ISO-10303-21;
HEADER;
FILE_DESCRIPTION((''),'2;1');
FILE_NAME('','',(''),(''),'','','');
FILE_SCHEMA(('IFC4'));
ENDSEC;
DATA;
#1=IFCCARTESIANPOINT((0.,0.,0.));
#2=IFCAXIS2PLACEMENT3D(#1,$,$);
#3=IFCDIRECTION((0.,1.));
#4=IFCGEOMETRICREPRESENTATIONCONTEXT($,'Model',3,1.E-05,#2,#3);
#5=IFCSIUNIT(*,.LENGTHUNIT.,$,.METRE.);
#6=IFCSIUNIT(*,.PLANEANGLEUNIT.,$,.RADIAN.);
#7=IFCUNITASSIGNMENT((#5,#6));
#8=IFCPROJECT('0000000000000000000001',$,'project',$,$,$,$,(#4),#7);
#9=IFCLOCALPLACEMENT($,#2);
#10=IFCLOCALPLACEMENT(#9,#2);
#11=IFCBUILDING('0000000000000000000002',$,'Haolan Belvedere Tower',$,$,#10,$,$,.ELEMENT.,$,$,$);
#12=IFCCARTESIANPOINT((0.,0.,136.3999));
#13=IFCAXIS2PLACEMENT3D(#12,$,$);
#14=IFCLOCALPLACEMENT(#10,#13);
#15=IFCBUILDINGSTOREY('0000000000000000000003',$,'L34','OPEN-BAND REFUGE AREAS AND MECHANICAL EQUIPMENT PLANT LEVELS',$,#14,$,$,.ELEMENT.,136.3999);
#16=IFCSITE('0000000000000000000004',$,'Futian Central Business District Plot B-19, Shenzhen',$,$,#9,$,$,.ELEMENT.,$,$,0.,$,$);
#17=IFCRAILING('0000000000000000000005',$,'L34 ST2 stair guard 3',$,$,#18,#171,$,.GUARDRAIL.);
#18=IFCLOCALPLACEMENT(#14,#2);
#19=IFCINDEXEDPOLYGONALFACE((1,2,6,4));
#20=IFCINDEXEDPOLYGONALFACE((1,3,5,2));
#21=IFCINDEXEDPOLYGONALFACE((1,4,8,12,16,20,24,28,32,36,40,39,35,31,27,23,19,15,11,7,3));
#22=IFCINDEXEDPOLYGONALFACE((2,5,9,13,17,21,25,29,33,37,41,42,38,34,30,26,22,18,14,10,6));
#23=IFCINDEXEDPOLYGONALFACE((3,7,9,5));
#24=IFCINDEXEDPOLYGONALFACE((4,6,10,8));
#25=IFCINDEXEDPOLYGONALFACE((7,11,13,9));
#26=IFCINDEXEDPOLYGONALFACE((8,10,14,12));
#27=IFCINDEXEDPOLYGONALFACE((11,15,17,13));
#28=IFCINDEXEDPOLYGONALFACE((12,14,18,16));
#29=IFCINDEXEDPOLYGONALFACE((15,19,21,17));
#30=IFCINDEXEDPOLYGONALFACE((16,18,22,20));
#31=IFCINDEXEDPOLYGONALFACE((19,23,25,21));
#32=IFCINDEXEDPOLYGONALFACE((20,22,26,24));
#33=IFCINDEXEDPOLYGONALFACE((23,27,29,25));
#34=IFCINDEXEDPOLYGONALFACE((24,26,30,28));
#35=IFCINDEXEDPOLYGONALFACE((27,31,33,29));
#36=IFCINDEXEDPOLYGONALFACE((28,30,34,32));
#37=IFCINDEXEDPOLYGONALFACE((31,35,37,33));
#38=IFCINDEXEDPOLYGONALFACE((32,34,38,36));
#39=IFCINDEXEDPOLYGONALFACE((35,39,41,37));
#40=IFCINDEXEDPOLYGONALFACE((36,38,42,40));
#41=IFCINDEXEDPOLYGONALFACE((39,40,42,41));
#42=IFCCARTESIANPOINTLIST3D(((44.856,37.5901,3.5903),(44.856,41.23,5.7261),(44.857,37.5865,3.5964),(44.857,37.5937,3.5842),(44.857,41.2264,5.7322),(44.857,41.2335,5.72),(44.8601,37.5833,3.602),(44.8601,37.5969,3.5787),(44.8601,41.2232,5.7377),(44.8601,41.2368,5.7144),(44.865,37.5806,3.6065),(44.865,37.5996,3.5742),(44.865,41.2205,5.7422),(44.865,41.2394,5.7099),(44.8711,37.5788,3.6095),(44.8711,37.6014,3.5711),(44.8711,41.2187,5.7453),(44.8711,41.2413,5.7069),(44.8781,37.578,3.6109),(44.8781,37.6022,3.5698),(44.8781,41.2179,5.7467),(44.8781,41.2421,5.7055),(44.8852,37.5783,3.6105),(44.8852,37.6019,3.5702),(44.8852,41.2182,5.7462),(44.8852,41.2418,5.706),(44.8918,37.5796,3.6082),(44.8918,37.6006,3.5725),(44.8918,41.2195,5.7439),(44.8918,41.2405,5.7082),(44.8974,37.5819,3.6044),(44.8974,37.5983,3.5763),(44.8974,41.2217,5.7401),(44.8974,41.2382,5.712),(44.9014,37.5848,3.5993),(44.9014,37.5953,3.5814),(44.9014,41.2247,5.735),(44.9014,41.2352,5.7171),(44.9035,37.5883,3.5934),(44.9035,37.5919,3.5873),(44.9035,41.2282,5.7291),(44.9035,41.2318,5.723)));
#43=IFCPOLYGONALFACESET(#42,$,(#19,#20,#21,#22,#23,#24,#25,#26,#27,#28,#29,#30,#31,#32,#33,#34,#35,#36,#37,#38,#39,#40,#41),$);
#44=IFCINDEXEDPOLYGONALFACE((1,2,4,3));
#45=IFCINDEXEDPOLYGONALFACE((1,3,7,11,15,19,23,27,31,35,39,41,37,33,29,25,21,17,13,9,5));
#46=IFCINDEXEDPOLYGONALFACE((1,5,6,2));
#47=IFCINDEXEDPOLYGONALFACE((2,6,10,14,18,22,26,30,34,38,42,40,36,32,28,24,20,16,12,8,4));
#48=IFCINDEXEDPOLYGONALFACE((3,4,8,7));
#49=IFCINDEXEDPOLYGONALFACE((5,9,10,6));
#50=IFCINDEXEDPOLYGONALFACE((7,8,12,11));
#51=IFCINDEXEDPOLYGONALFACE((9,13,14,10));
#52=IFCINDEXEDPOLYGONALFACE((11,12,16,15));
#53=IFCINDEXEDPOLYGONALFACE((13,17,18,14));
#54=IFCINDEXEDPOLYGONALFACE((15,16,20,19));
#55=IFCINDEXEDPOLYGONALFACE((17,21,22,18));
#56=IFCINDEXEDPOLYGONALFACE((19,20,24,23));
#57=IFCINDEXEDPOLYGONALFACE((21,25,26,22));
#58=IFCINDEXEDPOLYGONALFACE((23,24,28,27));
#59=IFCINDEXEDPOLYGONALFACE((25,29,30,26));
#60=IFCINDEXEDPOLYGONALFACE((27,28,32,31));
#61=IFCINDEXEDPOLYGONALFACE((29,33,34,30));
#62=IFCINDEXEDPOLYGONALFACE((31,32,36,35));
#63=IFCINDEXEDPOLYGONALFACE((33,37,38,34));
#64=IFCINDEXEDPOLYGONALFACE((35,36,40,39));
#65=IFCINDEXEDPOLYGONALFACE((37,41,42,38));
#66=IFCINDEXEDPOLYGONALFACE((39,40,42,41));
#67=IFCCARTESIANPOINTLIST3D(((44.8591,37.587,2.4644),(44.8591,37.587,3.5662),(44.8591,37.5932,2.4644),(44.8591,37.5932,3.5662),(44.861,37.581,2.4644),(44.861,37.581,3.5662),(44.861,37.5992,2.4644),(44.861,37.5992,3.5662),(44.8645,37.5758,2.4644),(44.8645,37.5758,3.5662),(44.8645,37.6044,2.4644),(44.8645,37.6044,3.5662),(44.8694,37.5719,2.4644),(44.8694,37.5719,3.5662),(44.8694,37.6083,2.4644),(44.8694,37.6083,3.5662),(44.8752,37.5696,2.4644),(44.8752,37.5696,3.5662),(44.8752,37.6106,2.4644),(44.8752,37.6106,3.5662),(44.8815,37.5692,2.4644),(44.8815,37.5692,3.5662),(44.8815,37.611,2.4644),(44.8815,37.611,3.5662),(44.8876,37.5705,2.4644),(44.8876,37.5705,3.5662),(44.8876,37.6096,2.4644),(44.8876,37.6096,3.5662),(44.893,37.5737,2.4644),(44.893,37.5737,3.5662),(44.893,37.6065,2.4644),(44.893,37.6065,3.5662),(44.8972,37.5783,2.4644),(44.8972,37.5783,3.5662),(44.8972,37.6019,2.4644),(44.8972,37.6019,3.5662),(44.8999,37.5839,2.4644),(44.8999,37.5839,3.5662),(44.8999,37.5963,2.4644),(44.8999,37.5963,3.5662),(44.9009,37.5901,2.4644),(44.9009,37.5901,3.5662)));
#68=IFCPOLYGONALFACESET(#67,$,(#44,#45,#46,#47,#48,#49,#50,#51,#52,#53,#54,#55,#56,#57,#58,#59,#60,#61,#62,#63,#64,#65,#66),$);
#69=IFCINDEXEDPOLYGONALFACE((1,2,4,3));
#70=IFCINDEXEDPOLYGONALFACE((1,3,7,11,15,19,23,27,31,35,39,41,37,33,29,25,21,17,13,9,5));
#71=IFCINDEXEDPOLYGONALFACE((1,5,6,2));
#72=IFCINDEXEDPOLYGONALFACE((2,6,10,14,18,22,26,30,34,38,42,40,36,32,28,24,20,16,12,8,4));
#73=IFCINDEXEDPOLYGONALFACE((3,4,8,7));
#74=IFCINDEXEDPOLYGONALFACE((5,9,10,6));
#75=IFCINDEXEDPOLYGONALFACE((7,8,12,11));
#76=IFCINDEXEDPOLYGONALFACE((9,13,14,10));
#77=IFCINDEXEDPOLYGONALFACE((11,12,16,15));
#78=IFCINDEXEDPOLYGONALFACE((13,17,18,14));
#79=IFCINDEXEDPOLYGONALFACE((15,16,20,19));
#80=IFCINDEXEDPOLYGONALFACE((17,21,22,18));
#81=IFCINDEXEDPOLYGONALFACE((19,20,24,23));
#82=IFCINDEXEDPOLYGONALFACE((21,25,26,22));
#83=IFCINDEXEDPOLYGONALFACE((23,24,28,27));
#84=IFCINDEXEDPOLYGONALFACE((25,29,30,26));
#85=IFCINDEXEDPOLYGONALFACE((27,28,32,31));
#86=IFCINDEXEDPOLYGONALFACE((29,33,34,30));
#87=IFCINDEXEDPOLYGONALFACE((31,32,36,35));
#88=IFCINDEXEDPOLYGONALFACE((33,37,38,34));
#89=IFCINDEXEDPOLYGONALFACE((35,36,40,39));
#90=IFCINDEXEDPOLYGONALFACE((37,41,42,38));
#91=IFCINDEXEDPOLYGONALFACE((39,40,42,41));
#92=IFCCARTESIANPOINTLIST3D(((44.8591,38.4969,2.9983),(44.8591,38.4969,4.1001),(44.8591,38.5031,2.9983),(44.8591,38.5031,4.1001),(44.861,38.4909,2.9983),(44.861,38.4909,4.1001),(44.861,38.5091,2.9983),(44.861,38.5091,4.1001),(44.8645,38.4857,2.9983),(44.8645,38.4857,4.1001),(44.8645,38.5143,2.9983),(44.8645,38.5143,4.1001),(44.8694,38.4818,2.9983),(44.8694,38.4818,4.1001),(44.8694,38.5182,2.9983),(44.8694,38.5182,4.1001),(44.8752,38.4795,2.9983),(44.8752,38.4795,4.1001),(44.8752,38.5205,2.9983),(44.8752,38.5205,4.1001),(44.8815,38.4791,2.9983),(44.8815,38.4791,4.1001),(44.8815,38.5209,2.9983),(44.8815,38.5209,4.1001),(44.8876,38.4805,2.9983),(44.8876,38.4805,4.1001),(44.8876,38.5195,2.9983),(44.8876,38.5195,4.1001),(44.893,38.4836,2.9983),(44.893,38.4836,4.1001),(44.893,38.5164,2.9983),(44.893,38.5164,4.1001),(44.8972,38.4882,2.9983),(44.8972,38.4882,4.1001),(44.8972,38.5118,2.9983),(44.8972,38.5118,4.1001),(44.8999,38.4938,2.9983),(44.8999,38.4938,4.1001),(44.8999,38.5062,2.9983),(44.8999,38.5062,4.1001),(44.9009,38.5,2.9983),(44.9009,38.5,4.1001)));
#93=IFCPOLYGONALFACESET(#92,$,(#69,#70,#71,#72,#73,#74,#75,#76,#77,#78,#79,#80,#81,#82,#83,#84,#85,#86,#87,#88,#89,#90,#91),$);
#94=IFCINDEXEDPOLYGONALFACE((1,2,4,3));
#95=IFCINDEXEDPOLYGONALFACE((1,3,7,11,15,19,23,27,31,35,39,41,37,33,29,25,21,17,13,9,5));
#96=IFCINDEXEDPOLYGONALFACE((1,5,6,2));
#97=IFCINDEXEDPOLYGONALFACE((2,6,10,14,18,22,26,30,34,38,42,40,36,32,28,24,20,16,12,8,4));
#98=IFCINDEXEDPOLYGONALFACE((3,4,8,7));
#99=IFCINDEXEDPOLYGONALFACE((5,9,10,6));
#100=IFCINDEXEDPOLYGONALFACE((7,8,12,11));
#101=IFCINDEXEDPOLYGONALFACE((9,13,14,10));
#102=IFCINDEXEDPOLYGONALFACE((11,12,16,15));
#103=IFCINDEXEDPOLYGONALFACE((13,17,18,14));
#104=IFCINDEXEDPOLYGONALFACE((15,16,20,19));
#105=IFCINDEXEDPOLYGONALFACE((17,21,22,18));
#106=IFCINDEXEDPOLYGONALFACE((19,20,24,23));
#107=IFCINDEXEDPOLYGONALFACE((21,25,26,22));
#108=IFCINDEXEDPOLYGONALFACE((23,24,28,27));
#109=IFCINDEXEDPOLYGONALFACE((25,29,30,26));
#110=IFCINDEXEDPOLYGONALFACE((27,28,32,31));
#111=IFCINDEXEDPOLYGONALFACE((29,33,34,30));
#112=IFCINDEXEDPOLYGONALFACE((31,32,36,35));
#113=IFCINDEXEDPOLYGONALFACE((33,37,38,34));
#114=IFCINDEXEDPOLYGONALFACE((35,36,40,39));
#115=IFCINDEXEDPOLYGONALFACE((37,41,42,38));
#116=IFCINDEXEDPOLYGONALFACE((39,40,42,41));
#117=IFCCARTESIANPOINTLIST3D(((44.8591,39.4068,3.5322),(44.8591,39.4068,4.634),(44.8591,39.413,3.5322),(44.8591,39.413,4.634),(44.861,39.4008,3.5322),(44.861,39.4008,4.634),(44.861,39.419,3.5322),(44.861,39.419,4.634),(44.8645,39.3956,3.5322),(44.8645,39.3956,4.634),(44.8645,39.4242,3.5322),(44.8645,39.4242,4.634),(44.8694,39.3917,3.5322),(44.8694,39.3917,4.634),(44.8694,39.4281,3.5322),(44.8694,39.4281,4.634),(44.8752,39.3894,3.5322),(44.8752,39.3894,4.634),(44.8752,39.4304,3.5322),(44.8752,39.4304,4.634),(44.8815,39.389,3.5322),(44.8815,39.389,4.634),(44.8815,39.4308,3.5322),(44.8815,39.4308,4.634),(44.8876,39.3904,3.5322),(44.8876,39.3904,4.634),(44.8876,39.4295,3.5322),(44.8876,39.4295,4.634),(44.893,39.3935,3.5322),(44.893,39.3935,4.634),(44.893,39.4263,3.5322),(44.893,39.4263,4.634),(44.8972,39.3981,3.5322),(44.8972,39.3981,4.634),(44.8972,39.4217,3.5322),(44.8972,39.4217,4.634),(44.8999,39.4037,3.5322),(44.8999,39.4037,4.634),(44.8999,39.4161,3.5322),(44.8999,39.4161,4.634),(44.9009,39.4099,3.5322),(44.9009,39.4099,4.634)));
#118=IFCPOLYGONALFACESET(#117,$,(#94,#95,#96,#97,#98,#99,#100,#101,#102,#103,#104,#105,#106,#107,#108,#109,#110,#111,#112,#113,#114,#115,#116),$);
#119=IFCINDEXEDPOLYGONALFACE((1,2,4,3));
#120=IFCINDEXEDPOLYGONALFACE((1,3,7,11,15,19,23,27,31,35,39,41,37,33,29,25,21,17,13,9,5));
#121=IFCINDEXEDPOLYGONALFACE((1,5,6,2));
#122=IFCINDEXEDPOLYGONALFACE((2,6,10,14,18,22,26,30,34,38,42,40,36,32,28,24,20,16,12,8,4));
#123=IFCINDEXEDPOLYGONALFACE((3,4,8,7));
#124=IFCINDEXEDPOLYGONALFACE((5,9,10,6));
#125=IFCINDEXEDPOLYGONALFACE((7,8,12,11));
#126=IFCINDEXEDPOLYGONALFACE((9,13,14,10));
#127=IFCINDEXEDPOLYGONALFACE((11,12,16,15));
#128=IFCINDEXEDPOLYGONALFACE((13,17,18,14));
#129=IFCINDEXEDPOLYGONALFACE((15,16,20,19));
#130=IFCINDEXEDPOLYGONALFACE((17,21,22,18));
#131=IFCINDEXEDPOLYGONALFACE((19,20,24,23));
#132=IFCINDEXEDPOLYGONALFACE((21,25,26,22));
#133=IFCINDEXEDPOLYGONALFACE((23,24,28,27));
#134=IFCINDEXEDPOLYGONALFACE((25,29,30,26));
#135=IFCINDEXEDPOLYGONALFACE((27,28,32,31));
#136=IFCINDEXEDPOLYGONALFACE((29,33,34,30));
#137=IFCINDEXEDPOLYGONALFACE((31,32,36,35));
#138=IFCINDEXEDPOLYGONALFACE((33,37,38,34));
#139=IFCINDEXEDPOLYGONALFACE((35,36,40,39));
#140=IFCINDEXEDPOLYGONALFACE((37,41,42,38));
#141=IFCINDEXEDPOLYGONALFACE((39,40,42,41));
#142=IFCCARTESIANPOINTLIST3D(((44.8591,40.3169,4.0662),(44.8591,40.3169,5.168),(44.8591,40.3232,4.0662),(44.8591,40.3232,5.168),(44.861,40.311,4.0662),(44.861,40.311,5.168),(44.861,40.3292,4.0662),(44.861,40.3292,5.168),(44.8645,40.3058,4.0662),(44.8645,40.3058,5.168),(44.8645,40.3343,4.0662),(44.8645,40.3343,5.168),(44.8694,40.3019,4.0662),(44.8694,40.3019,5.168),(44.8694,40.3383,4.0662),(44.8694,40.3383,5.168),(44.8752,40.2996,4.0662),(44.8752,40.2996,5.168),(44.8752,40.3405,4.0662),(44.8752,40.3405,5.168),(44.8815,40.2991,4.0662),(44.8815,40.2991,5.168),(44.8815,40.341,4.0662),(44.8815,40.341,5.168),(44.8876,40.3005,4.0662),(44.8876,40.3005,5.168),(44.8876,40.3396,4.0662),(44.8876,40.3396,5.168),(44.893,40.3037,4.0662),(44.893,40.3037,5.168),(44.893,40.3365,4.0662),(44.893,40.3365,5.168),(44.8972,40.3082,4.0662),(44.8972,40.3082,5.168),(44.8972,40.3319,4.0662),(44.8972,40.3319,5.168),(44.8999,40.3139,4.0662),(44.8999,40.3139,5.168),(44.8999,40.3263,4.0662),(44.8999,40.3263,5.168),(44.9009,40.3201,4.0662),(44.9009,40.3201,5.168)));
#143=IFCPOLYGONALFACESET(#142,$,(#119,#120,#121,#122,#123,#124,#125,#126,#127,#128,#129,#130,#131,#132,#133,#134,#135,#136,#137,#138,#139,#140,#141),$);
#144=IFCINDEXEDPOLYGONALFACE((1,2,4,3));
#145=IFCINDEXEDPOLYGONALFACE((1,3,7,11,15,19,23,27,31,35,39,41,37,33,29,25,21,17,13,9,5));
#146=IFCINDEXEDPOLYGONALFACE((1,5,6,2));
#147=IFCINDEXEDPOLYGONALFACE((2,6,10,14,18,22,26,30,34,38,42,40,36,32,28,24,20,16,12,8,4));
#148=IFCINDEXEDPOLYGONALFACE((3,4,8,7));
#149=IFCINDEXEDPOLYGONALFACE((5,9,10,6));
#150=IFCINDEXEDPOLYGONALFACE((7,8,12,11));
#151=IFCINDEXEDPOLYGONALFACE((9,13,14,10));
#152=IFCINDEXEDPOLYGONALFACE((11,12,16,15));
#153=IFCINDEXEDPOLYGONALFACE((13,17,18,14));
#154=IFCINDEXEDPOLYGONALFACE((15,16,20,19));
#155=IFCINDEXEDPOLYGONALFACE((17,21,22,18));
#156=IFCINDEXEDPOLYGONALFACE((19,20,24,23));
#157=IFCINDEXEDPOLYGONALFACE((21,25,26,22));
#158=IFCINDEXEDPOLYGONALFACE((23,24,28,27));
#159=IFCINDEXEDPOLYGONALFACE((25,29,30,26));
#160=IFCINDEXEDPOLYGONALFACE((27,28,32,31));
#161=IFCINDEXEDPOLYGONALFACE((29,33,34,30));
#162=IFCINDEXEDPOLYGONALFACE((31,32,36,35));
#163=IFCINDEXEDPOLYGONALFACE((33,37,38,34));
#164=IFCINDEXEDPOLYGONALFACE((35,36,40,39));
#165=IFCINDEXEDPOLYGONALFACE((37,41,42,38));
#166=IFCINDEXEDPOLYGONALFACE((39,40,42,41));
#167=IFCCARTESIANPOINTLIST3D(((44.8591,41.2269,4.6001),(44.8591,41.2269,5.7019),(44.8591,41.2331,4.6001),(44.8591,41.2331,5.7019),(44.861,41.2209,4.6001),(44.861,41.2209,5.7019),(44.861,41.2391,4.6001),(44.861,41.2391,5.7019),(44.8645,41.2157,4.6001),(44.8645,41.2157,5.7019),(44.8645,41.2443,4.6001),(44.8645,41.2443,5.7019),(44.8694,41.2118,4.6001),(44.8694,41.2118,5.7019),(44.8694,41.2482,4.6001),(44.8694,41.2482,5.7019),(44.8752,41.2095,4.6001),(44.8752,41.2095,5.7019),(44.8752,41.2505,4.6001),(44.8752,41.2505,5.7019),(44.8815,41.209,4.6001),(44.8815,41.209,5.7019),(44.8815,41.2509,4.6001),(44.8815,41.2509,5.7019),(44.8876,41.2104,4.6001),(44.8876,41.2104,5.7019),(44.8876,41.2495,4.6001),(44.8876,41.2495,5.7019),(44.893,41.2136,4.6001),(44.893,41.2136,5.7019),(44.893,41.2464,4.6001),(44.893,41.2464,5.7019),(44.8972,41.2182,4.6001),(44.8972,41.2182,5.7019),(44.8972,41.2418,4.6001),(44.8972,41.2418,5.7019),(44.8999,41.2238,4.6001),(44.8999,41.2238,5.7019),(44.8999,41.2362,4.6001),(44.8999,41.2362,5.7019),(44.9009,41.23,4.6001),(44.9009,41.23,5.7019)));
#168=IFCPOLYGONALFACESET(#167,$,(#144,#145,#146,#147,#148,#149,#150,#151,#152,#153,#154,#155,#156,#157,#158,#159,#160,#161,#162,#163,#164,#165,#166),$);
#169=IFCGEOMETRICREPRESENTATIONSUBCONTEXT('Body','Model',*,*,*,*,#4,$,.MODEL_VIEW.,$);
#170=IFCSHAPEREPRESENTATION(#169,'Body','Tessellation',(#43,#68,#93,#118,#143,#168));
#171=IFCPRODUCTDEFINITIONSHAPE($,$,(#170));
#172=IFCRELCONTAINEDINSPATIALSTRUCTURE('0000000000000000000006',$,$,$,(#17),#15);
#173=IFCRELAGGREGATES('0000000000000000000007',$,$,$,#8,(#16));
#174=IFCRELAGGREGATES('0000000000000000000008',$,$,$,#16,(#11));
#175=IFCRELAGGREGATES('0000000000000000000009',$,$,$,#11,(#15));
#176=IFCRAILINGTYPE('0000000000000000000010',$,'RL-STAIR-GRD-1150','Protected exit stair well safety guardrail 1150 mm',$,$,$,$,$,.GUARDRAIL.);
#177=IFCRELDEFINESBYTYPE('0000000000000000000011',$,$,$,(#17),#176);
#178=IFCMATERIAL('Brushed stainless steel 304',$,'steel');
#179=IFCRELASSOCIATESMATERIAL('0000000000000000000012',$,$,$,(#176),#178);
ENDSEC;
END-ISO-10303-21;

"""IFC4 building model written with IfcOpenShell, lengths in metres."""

from ifc_helpers import new_model, si_unit, direction, frame, origin, origin_2d, place, context, subcontext, project, spatial, circle, extrude, material, type_object, element, save


model = new_model("IFC4")

# Units and contexts
model_context = context("Model", 3, precision=1e-05, world=origin(), true_north=direction((0.0, 1.0)))
body_context = subcontext(model_context, "Body", "Model", "MODEL_VIEW")
ifc_project = project(units=[si_unit("LENGTHUNIT", "METRE"), si_unit("PLANEANGLEUNIT", "RADIAN")], contexts=[model_context])

# Site, building, storey
site_placement = place(None, origin())
site = spatial("IfcSite", under=ifc_project, at=site_placement, Name="Futian Central Business District Plot B-19, Shenzhen", CompositionType="ELEMENT", RefElevation=0.0)
building_placement = place(site_placement, origin())
building = spatial("IfcBuilding", under=site, at=building_placement, Name="Haolan Belvedere Tower", CompositionType="ELEMENT")
storey_placement = place(building_placement, frame((0.0, 0.0, 136.3999)))
storey = spatial("IfcBuildingStorey", under=building, at=storey_placement, Name="L34", Description="OPEN-BAND REFUGE AREAS AND MECHANICAL EQUIPMENT PLANT LEVELS", CompositionType="ELEMENT", Elevation=136.3999)

# Railing
ifc_material_1 = material(Name="Brushed stainless steel 304", Category="steel")
railing_type_1 = type_object("IfcRailingType", Name="RL-STAIR-GRD-1150", Description="Protected exit stair well safety guardrail 1150 mm", PredefinedType="GUARDRAIL", material=ifc_material_1)
railing_1_placement = place(storey_placement, frame((44.8799, 37.5901, 2.4644)))
element("IfcRailing", 1, at=railing_1_placement, inside=storey, type_object=railing_type_1, Name="L34 ST2 stair guard 3", PredefinedType="GUARDRAIL", context=body_context, shape_type="SweptSolid", body=[
    extrude(circle(Radius=0.0239, at=origin_2d()), frame((0.0, 0.0, 1.126), z_axis=(0.0, 0.86249, 0.506074), x_axis=(-1.0, 0.0, 0.0)), (0.0, 0.0, 1.0), 4.2202),
    extrude(circle(Radius=0.021, at=origin_2d()), origin(), (0.0, 0.0, 1.0), 1.1018),
    extrude(circle(Radius=0.021, at=origin_2d()), frame((0.0, 0.9099, 0.5339)), (0.0, 0.0, 1.0), 1.1018),
    extrude(circle(Radius=0.021, at=origin_2d()), frame((0.0, 1.8198, 1.0679)), (0.0, 0.0, 1.0), 1.1018),
    extrude(circle(Radius=0.021, at=origin_2d()), frame((0.0, 2.73, 1.6018)), (0.0, 0.0, 1.0), 1.1018),
    extrude(circle(Radius=0.021, at=origin_2d()), frame((0.0, 3.6399, 2.1357)), (0.0, 0.0, 1.0), 1.1018),
])

save(model, "model.ifc")
